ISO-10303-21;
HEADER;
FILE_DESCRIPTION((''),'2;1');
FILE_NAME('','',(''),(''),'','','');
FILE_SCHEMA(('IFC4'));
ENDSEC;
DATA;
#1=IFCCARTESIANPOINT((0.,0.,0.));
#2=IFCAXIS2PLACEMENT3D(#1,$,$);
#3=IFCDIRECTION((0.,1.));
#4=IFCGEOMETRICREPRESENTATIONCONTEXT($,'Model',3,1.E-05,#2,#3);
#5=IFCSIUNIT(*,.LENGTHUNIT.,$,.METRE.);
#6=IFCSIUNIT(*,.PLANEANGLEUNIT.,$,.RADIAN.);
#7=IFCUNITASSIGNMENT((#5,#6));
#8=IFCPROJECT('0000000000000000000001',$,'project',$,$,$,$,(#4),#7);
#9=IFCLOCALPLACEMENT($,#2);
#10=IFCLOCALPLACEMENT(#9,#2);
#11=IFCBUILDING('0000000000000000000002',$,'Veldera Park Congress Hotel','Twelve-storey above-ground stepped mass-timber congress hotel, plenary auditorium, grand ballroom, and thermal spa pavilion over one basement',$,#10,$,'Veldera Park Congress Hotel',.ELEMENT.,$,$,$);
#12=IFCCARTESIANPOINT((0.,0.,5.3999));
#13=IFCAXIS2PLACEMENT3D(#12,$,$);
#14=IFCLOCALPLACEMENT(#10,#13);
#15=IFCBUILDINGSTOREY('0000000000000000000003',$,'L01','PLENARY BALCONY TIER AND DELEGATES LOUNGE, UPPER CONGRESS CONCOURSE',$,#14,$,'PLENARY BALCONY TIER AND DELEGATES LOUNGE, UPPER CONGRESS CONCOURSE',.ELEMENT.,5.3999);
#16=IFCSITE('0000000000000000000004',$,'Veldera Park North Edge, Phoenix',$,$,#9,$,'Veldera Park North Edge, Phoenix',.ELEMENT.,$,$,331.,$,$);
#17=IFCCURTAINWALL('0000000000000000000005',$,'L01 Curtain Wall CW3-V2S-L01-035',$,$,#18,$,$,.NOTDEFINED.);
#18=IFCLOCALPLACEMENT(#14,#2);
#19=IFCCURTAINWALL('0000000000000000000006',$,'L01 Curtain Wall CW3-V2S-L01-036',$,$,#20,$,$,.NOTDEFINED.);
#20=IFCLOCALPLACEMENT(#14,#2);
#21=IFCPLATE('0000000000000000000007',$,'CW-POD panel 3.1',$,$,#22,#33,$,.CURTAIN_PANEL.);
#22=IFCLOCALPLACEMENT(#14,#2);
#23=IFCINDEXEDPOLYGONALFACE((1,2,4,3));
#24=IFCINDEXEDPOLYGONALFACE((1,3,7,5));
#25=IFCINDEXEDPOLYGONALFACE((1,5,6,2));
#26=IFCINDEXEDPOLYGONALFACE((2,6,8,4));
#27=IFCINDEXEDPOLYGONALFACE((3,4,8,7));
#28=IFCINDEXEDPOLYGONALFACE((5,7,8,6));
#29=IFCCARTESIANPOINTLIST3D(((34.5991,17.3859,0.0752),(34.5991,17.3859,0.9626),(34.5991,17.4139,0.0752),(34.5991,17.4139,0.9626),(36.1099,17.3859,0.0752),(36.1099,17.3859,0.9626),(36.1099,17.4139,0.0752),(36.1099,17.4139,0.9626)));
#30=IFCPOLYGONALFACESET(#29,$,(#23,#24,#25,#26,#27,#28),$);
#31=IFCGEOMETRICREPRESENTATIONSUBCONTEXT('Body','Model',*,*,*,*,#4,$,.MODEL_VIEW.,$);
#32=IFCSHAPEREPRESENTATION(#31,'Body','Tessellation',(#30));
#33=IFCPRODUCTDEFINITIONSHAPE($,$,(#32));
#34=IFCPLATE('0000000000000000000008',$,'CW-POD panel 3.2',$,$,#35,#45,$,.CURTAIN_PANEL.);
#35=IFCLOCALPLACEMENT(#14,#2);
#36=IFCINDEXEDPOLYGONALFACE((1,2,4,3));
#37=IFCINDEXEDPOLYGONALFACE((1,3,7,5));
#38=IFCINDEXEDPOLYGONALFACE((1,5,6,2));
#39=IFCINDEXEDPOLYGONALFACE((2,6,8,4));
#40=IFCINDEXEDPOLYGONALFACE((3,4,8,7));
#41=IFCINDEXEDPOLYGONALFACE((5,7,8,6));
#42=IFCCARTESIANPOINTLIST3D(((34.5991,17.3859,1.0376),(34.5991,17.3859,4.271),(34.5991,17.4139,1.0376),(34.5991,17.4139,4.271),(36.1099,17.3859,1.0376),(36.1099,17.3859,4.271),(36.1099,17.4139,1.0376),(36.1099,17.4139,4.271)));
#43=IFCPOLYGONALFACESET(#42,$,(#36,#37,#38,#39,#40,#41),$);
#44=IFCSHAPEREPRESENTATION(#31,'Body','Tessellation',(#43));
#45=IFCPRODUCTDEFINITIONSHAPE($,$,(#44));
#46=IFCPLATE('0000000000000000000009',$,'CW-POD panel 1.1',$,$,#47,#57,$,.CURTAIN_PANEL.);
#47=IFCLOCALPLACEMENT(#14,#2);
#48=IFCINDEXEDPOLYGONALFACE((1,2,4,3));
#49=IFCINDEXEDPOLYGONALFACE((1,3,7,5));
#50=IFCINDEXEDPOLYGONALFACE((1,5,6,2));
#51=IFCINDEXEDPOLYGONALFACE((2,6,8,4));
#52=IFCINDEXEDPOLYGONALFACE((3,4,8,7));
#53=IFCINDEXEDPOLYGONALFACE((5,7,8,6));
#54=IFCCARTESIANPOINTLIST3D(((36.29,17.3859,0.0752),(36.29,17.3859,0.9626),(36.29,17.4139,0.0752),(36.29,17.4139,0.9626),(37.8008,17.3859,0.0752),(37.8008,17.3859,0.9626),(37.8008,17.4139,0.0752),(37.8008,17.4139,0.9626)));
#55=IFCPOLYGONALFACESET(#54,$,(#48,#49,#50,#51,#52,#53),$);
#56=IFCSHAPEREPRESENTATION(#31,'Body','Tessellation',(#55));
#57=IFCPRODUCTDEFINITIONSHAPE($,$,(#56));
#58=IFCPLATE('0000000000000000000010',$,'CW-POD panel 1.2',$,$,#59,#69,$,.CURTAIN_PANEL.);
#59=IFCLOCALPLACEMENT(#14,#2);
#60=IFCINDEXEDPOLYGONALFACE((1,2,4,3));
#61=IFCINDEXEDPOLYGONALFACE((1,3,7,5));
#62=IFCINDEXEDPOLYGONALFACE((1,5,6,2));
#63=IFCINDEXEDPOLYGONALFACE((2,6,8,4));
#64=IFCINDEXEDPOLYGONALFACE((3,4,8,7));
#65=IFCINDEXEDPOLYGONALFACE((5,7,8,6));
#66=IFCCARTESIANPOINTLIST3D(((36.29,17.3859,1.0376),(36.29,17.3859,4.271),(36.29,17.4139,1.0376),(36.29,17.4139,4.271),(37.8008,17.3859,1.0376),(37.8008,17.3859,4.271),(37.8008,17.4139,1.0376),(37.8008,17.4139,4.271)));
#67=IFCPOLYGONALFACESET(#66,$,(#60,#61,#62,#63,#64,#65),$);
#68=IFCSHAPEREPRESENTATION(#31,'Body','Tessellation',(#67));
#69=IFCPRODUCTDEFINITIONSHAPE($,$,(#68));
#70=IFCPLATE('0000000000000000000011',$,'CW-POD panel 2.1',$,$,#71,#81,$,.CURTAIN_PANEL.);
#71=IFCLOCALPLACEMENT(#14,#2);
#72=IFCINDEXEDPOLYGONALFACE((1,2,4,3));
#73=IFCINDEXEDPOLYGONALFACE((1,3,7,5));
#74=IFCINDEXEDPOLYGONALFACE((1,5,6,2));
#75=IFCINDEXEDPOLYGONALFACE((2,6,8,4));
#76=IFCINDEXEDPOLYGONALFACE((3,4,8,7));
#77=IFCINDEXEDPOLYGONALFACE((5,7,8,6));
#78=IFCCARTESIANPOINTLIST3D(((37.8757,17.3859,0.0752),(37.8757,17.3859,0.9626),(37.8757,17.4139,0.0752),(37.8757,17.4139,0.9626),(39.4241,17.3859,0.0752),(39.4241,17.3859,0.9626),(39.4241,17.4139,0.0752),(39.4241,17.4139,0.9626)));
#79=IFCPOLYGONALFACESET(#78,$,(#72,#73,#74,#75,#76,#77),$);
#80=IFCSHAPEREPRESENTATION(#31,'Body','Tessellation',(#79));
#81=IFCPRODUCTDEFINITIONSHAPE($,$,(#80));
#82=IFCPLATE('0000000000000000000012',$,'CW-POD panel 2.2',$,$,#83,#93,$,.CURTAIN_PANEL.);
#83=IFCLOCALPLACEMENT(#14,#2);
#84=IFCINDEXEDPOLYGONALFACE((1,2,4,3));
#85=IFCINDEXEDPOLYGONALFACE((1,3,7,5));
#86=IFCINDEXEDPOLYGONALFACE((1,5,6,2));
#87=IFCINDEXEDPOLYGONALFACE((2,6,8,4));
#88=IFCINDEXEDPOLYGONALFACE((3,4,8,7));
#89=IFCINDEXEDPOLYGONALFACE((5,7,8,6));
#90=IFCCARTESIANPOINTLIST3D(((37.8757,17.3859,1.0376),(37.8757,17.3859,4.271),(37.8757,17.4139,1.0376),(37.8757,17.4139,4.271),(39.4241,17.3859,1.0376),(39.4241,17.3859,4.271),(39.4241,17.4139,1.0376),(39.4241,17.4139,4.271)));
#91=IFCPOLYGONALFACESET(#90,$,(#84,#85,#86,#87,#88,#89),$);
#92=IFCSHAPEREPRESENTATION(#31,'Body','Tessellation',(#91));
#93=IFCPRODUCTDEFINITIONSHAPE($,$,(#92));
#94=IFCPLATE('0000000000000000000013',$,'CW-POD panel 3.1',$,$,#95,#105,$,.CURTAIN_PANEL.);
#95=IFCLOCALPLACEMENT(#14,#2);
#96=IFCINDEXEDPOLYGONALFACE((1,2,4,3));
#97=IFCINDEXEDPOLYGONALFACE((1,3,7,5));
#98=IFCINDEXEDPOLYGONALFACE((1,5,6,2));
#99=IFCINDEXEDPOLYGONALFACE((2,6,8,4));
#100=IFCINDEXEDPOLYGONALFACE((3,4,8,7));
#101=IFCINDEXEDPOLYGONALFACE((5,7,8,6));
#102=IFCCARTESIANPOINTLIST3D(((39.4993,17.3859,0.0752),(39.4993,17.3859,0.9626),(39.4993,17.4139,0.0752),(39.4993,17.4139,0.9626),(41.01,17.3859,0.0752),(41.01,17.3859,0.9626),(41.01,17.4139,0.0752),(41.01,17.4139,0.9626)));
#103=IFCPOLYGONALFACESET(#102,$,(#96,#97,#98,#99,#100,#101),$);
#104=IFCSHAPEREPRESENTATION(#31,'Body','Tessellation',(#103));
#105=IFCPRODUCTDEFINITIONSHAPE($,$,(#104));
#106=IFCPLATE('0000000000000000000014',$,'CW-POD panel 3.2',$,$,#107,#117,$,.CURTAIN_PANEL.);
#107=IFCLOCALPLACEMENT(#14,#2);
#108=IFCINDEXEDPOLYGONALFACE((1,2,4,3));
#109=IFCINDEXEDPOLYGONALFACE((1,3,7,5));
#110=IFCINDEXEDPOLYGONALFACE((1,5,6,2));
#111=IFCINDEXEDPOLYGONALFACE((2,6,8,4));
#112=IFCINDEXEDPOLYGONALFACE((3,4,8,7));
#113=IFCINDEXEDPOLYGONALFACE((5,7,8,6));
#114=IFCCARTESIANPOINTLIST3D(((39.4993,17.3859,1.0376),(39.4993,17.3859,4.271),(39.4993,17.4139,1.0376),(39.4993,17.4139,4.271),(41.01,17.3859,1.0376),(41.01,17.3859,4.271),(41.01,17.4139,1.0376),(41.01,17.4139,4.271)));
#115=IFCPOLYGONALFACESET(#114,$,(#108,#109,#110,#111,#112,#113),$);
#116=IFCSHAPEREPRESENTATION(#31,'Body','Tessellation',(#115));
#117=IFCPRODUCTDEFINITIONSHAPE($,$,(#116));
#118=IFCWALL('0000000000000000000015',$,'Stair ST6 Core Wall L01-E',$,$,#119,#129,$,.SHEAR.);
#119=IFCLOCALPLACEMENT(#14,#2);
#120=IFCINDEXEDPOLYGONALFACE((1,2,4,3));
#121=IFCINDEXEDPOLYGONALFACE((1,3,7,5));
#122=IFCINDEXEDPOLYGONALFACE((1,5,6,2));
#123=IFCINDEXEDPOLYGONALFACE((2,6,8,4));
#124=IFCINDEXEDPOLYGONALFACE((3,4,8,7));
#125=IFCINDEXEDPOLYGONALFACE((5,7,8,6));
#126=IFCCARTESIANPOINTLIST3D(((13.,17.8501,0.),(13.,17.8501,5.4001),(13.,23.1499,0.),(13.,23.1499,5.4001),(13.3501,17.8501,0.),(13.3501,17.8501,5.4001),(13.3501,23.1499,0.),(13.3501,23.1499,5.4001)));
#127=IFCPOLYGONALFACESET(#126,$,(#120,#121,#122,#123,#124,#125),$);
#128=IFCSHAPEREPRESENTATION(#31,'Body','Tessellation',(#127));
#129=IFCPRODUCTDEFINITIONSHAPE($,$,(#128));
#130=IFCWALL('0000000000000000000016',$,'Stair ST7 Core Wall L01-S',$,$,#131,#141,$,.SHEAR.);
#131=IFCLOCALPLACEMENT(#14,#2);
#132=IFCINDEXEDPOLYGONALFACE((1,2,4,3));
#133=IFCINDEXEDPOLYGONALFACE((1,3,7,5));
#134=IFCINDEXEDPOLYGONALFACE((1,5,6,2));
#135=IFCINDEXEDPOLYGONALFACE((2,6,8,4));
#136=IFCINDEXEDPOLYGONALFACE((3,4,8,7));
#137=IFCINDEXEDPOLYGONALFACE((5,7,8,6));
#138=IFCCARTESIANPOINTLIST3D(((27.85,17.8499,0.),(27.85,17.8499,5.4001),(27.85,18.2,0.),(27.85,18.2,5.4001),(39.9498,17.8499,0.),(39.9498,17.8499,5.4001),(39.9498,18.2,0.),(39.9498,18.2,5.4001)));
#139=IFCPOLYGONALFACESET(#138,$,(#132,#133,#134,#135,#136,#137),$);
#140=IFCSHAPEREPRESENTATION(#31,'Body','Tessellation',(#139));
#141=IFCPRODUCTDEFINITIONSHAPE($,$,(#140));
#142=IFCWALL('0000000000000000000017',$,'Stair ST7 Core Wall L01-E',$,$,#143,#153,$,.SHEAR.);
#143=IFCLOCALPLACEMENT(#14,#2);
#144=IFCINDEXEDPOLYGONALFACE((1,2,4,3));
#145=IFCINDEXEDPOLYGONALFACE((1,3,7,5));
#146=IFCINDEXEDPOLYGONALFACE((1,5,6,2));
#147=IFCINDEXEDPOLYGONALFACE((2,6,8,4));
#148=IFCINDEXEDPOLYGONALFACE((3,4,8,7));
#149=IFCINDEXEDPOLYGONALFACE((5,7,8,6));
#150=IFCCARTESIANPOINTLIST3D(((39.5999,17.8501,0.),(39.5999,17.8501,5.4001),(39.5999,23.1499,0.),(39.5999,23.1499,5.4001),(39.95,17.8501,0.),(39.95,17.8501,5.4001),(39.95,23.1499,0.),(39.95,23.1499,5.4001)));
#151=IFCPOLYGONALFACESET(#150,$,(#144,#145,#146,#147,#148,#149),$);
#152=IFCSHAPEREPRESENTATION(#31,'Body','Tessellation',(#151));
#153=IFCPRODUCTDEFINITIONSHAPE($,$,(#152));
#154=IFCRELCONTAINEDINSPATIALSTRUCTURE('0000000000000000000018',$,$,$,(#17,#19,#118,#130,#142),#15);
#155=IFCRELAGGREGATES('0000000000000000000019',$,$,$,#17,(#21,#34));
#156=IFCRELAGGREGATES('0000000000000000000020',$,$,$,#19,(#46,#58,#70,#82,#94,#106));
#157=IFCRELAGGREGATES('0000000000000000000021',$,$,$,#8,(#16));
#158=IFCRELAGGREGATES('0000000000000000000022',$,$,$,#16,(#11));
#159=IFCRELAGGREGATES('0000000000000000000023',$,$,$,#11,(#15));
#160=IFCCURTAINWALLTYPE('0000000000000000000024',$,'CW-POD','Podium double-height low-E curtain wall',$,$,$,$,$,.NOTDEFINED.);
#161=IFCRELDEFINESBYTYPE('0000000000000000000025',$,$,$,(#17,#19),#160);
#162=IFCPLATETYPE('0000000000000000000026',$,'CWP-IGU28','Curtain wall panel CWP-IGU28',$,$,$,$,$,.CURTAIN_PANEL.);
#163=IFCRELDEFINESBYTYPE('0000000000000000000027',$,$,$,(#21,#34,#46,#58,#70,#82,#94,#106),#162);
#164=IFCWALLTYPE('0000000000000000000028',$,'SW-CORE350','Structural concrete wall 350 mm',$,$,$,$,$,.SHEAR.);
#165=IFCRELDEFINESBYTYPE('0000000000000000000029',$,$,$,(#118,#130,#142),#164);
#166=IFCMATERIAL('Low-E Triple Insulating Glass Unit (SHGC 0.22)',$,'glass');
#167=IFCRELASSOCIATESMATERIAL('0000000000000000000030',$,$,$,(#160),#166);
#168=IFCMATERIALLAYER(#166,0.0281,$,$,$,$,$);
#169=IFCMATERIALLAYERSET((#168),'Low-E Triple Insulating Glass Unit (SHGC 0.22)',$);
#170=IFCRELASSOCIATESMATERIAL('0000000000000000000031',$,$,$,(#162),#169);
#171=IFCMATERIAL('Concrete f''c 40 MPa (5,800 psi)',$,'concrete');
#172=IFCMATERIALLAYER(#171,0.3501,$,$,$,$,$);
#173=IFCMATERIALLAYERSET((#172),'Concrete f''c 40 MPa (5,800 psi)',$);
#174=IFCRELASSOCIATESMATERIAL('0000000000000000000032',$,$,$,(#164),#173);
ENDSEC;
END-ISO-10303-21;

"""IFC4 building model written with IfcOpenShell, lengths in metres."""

from ifc_helpers import new_model, si_unit, direction, frame, frame_2d, origin, origin_2d, place, context, subcontext, project, spatial, rectangle, extrude, material, layer, layer_set, type_object, element, aggregate, save


model = new_model("IFC4")

# Units and contexts
model_context = context("Model", 3, precision=1e-05, world=origin(), true_north=direction((0.0, 1.0)))
body_context = subcontext(model_context, "Body", "Model", "MODEL_VIEW")
ifc_project = project(units=[si_unit("LENGTHUNIT", "METRE"), si_unit("PLANEANGLEUNIT", "RADIAN")], contexts=[model_context])

# Site, building, storey
site_placement = place(None, origin())
site = spatial("IfcSite", under=ifc_project, at=site_placement, Name="Veldera Park North Edge, Phoenix", LongName="Veldera Park North Edge, Phoenix", CompositionType="ELEMENT", RefElevation=331.0)
building_placement = place(site_placement, origin())
building = spatial("IfcBuilding", under=site, at=building_placement, Name="Veldera Park Congress Hotel", Description="Twelve-storey above-ground stepped mass-timber congress hotel, plenary auditorium, grand ballroom, and thermal spa pavilion over one basement", LongName="Veldera Park Congress Hotel", CompositionType="ELEMENT")
storey_placement = place(building_placement, frame((0.0, 0.0, 5.3999)))
storey = spatial("IfcBuildingStorey", under=building, at=storey_placement, Name="L01", Description="PLENARY BALCONY TIER AND DELEGATES LOUNGE, UPPER CONGRESS CONCOURSE", LongName="PLENARY BALCONY TIER AND DELEGATES LOUNGE, UPPER CONGRESS CONCOURSE", CompositionType="ELEMENT", Elevation=5.3999)

# Curtain walls
ifc_material_1 = material(Name="Low-E Triple Insulating Glass Unit (SHGC 0.22)", Category="glass")
curtain_wall_type = type_object("IfcCurtainWallType", Name="CW-POD", Description="Podium double-height low-E curtain wall", PredefinedType="NOTDEFINED", material=ifc_material_1)
curtain_wall_1_placement = place(storey_placement, origin())
curtain_wall_1 = element("IfcCurtainWall", 1, at=curtain_wall_1_placement, inside=storey, type_object=curtain_wall_type, Name="L01 Curtain Wall CW3-V2S-L01-035", PredefinedType="NOTDEFINED")
curtain_wall_2_placement = place(storey_placement, origin())
curtain_wall_2 = element("IfcCurtainWall", 2, at=curtain_wall_2_placement, inside=storey, type_object=curtain_wall_type, Name="L01 Curtain Wall CW3-V2S-L01-036", PredefinedType="NOTDEFINED")

# Plates
ifc_layer_1 = layer(ifc_material_1, 0.0281)
ifc_layer_set_1 = layer_set([ifc_layer_1], Name="Low-E Triple Insulating Glass Unit (SHGC 0.22)")
plate_type = type_object("IfcPlateType", Name="CWP-IGU28", Description="Curtain wall panel CWP-IGU28", PredefinedType="CURTAIN_PANEL", material=ifc_layer_set_1)
plate_1_placement = place(storey_placement, frame((35.3545, 17.3999, 0.0752), z_axis=(0.0, 0.0, 1.0), x_axis=(1.0, 0.0, 0.0)))
plate_1 = element("IfcPlate", 3, at=plate_1_placement, type_object=plate_type, Name="CW-POD panel 3.1", PredefinedType="CURTAIN_PANEL", context=body_context, shape_type="SweptSolid", body=[
    extrude(rectangle(XDim=1.5107, YDim=0.0281, at=origin_2d()), origin(), (0.0, 0.0, 1.0), 0.8875),
])
plate_2_placement = place(storey_placement, frame((35.3545, 17.3999, 1.0376), z_axis=(0.0, 0.0, 1.0), x_axis=(1.0, 0.0, 0.0)))
plate_2 = element("IfcPlate", 4, at=plate_2_placement, type_object=plate_type, Name="CW-POD panel 3.2", PredefinedType="CURTAIN_PANEL", context=body_context, shape_type="SweptSolid", body=[
    extrude(rectangle(XDim=1.5107, YDim=0.0281, at=origin_2d()), origin(), (0.0, 0.0, 1.0), 3.2334),
])
aggregate(curtain_wall_1, [plate_1, plate_2])
plate_3_placement = place(storey_placement, frame((37.0454, 17.3999, 0.0752), z_axis=(0.0, 0.0, 1.0), x_axis=(1.0, 0.0, 0.0)))
plate_3 = element("IfcPlate", 5, at=plate_3_placement, type_object=plate_type, Name="CW-POD panel 1.1", PredefinedType="CURTAIN_PANEL", context=body_context, shape_type="SweptSolid", body=[
    extrude(rectangle(XDim=1.5107, YDim=0.0281, at=origin_2d()), origin(), (0.0, 0.0, 1.0), 0.8875),
])
plate_4_placement = place(storey_placement, frame((37.0454, 17.3999, 1.0376), z_axis=(0.0, 0.0, 1.0), x_axis=(1.0, 0.0, 0.0)))
plate_4 = element("IfcPlate", 6, at=plate_4_placement, type_object=plate_type, Name="CW-POD panel 1.2", PredefinedType="CURTAIN_PANEL", context=body_context, shape_type="SweptSolid", body=[
    extrude(rectangle(XDim=1.5107, YDim=0.0281, at=origin_2d()), origin(), (0.0, 0.0, 1.0), 3.2334),
])
plate_5_placement = place(storey_placement, frame((38.6499, 17.3999, 0.0752), z_axis=(0.0, 0.0, 1.0), x_axis=(1.0, 0.0, 0.0)))
plate_5 = element("IfcPlate", 7, at=plate_5_placement, type_object=plate_type, Name="CW-POD panel 2.1", PredefinedType="CURTAIN_PANEL", context=body_context, shape_type="SweptSolid", body=[
    extrude(rectangle(XDim=1.5483, YDim=0.0281, at=origin_2d()), origin(), (0.0, 0.0, 1.0), 0.8875),
])
plate_6_placement = place(storey_placement, frame((38.6499, 17.3999, 1.0376), z_axis=(0.0, 0.0, 1.0), x_axis=(1.0, 0.0, 0.0)))
plate_6 = element("IfcPlate", 8, at=plate_6_placement, type_object=plate_type, Name="CW-POD panel 2.2", PredefinedType="CURTAIN_PANEL", context=body_context, shape_type="SweptSolid", body=[
    extrude(rectangle(XDim=1.5483, YDim=0.0281, at=origin_2d()), origin(), (0.0, 0.0, 1.0), 3.2334),
])
plate_7_placement = place(storey_placement, frame((40.2546, 17.3999, 0.0752), z_axis=(0.0, 0.0, 1.0), x_axis=(1.0, 0.0, 0.0)))
plate_7 = element("IfcPlate", 9, at=plate_7_placement, type_object=plate_type, Name="CW-POD panel 3.1", PredefinedType="CURTAIN_PANEL", context=body_context, shape_type="SweptSolid", body=[
    extrude(rectangle(XDim=1.5107, YDim=0.0281, at=origin_2d()), origin(), (0.0, 0.0, 1.0), 0.8875),
])
plate_8_placement = place(storey_placement, frame((40.2546, 17.3999, 1.0376), z_axis=(0.0, 0.0, 1.0), x_axis=(1.0, 0.0, 0.0)))
plate_8 = element("IfcPlate", 10, at=plate_8_placement, type_object=plate_type, Name="CW-POD panel 3.2", PredefinedType="CURTAIN_PANEL", context=body_context, shape_type="SweptSolid", body=[
    extrude(rectangle(XDim=1.5107, YDim=0.0281, at=origin_2d()), origin(), (0.0, 0.0, 1.0), 3.2334),
])
aggregate(curtain_wall_2, [plate_3, plate_4, plate_5, plate_6, plate_7, plate_8])

# Walls
ifc_material_2 = material(Name="Concrete f'c 40 MPa (5,800 psi)", Category="concrete")
ifc_layer_2 = layer(ifc_material_2, 0.3501)
ifc_layer_set_2 = layer_set([ifc_layer_2], Name="Concrete f'c 40 MPa (5,800 psi)")
wall_type = type_object("IfcWallType", Name="SW-CORE350", Description="Structural concrete wall 350 mm", PredefinedType="SHEAR", material=ifc_layer_set_2)
wall_1_placement = place(storey_placement, frame((13.175, 17.8501, 0.0), z_axis=(0.0, 0.0, 1.0), x_axis=(0.0, 1.0, 0.0)))
element("IfcWall", 11, at=wall_1_placement, inside=storey, type_object=wall_type, Name="Stair ST6 Core Wall L01-E", PredefinedType="SHEAR", context=body_context, shape_type="SweptSolid", body=[
    extrude(rectangle(XDim=5.2998, YDim=0.3501, at=frame_2d((2.6499, 0.0))), origin(), (0.0, 0.0, 1.0), 5.4001),
])
wall_2_placement = place(storey_placement, frame((27.8501, 18.0249, 0.0), z_axis=(0.0, 0.0, 1.0), x_axis=(1.0, 0.0, 0.0)))
element("IfcWall", 12, at=wall_2_placement, inside=storey, type_object=wall_type, Name="Stair ST7 Core Wall L01-S", PredefinedType="SHEAR", context=body_context, shape_type="SweptSolid", body=[
    extrude(rectangle(XDim=12.0999, YDim=0.3501, at=frame_2d((6.0498, 0.0))), origin(), (0.0, 0.0, 1.0), 5.4001),
])
wall_3_placement = place(storey_placement, frame((39.7749, 17.8501, 0.0), z_axis=(0.0, 0.0, 1.0), x_axis=(0.0, 1.0, 0.0)))
element("IfcWall", 13, at=wall_3_placement, inside=storey, type_object=wall_type, Name="Stair ST7 Core Wall L01-E", PredefinedType="SHEAR", context=body_context, shape_type="SweptSolid", body=[
    extrude(rectangle(XDim=5.2998, YDim=0.3501, at=frame_2d((2.6499, 0.0))), origin(), (0.0, 0.0, 1.0), 5.4001),
])

save(model, "model.ifc")
